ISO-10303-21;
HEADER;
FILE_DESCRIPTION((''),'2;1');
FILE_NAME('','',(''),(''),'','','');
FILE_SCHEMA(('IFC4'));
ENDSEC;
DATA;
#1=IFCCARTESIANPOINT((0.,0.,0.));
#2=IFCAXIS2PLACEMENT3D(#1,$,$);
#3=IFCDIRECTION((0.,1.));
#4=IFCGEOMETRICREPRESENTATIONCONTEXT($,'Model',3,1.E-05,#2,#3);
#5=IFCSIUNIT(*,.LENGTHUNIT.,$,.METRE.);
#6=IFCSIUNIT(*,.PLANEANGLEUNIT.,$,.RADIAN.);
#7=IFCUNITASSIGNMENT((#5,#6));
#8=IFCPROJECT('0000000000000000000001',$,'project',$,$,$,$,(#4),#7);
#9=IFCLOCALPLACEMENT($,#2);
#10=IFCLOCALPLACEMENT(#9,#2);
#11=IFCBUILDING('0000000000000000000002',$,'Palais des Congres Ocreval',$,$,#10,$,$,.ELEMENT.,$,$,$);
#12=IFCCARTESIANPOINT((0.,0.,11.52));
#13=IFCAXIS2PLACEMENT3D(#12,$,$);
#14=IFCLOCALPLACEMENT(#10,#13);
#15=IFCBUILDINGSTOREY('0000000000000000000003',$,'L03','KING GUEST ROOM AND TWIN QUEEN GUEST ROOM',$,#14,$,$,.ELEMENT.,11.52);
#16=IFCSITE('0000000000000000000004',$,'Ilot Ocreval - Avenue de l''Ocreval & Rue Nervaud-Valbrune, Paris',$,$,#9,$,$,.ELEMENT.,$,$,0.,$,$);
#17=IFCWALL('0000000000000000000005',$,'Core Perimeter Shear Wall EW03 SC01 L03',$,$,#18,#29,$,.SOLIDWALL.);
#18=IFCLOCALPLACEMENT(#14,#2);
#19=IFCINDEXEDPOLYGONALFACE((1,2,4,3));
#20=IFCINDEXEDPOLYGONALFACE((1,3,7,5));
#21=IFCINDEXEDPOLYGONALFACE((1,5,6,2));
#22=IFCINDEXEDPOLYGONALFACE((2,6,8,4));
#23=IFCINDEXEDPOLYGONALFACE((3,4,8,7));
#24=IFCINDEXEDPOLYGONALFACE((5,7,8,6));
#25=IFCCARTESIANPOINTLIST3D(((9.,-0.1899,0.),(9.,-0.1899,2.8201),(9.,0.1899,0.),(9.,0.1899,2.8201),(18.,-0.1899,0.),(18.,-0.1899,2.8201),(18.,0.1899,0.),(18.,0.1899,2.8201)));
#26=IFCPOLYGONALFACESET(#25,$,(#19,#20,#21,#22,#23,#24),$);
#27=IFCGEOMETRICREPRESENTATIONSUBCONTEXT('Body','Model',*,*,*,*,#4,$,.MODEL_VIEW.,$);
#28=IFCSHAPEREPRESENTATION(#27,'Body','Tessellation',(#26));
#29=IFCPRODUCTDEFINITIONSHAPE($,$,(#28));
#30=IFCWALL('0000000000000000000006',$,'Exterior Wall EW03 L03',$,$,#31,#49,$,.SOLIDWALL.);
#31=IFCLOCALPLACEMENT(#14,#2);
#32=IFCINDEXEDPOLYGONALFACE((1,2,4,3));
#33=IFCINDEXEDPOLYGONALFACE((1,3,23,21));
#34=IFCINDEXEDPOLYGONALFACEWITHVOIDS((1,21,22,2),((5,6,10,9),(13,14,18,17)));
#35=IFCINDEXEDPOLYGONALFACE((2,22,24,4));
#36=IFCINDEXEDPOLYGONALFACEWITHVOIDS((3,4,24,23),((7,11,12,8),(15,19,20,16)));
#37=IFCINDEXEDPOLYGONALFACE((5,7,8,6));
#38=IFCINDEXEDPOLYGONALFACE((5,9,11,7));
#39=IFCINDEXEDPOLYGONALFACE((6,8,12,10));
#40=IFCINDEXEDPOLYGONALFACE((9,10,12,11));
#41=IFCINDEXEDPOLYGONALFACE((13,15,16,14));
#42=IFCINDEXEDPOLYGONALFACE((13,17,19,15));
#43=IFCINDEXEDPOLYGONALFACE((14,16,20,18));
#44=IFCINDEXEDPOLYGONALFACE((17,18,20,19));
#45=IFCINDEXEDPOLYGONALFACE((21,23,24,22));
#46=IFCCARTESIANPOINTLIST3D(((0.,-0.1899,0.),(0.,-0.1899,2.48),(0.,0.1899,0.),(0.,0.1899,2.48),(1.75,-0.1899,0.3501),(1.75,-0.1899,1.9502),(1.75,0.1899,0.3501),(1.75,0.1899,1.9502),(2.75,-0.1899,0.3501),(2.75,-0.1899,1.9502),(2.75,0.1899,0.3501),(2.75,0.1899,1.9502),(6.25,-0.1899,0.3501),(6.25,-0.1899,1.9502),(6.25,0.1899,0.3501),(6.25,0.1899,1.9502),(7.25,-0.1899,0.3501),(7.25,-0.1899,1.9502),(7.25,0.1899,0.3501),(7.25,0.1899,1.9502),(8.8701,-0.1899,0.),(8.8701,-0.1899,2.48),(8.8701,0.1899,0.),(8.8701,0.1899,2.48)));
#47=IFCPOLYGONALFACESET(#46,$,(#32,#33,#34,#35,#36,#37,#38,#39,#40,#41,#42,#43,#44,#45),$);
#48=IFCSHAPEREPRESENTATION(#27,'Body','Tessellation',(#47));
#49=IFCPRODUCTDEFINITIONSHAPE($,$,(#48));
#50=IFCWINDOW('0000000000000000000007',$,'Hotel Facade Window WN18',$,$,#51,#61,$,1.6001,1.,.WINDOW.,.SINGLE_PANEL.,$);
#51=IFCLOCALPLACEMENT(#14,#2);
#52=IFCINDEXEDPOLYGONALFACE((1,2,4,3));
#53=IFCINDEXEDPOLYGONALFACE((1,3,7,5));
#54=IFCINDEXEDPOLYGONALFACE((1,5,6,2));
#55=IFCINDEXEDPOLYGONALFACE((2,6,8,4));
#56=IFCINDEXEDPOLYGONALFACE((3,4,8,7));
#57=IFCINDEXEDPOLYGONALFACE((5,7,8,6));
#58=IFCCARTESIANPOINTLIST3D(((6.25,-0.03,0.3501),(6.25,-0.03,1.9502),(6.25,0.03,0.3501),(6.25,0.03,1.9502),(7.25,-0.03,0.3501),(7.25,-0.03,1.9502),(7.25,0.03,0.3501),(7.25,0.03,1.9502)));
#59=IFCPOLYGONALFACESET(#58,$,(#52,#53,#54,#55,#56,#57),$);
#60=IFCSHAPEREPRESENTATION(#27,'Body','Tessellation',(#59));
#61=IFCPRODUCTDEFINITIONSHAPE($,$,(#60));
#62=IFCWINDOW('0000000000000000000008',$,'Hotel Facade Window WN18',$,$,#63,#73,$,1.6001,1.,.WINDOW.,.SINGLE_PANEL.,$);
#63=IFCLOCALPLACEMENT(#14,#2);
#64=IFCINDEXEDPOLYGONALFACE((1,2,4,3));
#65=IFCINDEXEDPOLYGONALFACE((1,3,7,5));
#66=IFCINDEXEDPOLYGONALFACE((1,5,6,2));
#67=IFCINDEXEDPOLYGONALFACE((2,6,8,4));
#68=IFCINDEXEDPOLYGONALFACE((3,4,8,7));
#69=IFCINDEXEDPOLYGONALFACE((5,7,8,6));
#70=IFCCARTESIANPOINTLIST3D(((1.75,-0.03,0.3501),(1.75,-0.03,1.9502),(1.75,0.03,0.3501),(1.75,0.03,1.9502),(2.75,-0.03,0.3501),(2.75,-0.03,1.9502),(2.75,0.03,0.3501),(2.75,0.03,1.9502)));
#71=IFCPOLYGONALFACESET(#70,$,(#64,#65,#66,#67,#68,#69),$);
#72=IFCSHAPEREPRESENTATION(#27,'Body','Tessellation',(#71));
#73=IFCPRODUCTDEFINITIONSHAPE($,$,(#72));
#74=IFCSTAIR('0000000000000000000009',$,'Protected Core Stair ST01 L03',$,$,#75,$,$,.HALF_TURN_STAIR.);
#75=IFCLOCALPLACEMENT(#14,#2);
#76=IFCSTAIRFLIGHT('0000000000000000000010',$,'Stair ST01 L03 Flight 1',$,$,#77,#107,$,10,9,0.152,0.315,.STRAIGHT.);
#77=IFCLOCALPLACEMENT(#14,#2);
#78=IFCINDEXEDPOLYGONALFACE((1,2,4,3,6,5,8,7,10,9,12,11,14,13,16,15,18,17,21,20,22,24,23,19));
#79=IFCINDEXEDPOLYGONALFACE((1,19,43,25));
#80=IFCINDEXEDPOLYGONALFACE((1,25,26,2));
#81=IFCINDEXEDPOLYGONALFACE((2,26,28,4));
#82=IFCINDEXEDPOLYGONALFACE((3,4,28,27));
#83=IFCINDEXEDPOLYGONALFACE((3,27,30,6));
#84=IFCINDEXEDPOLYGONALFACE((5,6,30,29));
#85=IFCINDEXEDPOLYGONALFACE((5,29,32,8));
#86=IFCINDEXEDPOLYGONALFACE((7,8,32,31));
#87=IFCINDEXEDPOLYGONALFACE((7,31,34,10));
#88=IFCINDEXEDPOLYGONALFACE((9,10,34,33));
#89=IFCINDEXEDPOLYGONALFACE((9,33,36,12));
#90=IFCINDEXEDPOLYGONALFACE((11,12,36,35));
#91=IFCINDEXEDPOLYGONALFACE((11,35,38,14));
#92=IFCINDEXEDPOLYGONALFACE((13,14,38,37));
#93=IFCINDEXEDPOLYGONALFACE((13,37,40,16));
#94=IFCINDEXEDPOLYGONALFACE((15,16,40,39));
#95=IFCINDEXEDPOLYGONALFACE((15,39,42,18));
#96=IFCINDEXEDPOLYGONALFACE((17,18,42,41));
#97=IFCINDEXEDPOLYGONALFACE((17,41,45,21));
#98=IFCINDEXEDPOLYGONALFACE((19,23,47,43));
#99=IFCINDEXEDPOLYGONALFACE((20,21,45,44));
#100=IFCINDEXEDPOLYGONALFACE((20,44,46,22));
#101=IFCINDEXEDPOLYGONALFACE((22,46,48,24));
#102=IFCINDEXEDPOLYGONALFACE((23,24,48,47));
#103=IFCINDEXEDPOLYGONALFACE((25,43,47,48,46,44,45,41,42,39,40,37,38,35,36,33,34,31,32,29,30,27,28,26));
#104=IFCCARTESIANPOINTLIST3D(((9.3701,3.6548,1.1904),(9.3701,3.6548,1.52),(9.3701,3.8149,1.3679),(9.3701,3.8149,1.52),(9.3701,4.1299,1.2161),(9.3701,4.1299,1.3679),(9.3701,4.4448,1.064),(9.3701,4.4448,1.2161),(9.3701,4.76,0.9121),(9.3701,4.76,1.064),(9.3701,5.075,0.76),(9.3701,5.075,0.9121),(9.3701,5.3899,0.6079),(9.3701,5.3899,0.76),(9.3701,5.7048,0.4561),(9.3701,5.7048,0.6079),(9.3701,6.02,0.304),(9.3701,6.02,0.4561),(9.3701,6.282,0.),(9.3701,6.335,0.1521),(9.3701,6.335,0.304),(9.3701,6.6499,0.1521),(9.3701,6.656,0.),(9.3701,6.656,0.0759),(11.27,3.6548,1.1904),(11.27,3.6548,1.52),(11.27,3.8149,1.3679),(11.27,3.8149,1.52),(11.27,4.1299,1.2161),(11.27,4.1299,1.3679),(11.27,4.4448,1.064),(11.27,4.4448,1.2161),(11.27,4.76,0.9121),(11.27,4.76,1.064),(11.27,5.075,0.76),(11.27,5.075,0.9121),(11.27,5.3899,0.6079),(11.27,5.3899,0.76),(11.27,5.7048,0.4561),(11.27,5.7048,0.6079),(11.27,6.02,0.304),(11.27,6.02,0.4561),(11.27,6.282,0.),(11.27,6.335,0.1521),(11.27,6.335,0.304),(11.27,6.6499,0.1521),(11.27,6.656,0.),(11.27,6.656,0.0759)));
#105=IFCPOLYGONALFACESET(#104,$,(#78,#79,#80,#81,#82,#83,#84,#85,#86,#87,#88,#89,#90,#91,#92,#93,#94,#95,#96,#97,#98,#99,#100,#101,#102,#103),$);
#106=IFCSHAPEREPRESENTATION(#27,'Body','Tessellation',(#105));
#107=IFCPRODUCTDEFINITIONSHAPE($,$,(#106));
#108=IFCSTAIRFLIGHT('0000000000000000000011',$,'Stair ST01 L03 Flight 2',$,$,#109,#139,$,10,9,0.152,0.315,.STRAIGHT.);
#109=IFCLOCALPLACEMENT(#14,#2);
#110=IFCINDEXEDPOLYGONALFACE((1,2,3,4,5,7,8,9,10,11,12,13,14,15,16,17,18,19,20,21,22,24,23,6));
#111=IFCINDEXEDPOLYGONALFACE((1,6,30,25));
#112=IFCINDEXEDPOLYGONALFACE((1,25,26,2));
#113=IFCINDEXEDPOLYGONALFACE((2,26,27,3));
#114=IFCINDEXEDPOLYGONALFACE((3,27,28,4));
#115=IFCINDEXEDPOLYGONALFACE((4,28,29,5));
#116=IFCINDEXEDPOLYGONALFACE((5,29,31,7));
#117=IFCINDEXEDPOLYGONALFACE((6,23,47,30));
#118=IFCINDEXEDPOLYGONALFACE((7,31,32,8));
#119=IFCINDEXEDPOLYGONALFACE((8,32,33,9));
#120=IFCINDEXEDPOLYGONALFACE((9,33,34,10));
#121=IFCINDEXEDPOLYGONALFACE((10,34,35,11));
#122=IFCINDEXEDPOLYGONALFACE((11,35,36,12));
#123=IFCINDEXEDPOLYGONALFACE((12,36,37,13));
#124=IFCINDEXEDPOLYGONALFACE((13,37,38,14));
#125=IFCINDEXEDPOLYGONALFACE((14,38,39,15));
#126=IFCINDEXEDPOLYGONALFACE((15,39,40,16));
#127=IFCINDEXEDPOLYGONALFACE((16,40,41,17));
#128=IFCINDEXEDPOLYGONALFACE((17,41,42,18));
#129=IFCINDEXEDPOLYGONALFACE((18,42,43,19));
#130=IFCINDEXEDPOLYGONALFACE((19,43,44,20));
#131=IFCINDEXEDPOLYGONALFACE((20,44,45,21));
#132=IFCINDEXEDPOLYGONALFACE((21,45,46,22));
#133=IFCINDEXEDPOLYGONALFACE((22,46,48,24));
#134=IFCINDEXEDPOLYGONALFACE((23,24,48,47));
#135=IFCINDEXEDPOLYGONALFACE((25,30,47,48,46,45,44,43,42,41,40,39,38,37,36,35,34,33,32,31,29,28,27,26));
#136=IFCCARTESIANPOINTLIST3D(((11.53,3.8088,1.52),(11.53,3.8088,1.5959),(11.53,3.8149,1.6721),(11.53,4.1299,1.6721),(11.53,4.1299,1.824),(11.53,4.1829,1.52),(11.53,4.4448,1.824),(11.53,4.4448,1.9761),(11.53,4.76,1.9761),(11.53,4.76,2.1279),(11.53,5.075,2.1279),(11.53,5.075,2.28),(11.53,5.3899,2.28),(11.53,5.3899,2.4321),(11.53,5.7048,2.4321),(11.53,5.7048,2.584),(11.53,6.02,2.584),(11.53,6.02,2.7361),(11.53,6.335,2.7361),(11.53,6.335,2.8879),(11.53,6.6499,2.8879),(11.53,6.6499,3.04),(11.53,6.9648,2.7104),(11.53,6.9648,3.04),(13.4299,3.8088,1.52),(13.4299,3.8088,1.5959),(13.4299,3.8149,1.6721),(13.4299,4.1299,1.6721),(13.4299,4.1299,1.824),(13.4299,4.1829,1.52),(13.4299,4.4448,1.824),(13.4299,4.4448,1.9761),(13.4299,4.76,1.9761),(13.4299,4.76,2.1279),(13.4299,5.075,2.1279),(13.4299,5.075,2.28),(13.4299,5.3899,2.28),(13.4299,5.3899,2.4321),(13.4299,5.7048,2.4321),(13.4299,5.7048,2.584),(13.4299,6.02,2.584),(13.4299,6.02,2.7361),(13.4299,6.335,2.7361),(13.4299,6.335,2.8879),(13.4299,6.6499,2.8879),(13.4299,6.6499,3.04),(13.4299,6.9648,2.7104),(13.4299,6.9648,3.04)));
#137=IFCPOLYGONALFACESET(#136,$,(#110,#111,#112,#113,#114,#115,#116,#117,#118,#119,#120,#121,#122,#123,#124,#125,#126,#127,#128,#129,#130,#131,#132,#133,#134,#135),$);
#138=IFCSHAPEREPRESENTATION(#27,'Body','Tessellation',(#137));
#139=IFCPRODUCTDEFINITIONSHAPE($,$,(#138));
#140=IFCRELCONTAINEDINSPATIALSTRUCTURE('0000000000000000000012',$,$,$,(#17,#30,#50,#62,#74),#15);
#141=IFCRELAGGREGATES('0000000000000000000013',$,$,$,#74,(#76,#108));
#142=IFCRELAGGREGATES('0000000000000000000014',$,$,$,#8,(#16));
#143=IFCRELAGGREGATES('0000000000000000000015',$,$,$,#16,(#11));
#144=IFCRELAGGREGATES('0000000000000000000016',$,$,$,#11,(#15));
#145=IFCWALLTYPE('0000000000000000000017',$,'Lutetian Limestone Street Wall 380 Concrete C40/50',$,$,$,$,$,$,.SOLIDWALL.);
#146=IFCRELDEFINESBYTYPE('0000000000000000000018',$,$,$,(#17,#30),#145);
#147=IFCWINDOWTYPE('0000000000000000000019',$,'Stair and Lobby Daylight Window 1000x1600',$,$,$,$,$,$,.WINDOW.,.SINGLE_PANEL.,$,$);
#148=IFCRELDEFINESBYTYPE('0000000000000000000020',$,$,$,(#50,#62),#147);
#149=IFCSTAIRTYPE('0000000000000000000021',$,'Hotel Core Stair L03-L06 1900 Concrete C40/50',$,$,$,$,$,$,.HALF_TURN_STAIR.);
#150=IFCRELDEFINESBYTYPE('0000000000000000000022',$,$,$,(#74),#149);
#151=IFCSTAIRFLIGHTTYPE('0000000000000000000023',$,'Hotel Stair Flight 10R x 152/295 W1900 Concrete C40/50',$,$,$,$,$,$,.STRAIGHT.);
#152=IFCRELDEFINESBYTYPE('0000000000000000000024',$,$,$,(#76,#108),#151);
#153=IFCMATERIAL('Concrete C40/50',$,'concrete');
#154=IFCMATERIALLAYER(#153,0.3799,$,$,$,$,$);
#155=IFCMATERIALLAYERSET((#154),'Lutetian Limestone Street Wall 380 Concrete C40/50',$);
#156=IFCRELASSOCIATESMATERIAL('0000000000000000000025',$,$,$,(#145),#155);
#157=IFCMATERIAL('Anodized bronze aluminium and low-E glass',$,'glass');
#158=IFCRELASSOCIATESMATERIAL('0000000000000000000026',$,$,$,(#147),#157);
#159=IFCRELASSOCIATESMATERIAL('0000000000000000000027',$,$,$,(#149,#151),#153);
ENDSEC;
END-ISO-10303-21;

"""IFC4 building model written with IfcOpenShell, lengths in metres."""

from ifc_helpers import new_model, si_unit, direction, frame, frame_2d, origin, place, context, subcontext, project, spatial, polyline, rectangle, outline, extrude, material, layer, layer_set, type_object, element, fill, aggregate, save


model = new_model("IFC4")

# Units and contexts
model_context = context("Model", 3, precision=1e-05, world=origin(), true_north=direction((0.0, 1.0)))
body_context = subcontext(model_context, "Body", "Model", "MODEL_VIEW")
ifc_project = project(units=[si_unit("LENGTHUNIT", "METRE"), si_unit("PLANEANGLEUNIT", "RADIAN")], contexts=[model_context])

# Site, building, storey
site_placement = place(None, origin())
site = spatial("IfcSite", under=ifc_project, at=site_placement, Name="Ilot Ocreval - Avenue de l'Ocreval & Rue Nervaud-Valbrune, Paris", CompositionType="ELEMENT", RefElevation=0.0)
building_placement = place(site_placement, origin())
building = spatial("IfcBuilding", under=site, at=building_placement, Name="Palais des Congres Ocreval", CompositionType="ELEMENT")
storey_placement = place(building_placement, frame((0.0, 0.0, 11.52)))
storey = spatial("IfcBuildingStorey", under=building, at=storey_placement, Name="L03", Description="KING GUEST ROOM AND TWIN QUEEN GUEST ROOM", CompositionType="ELEMENT", Elevation=11.52)

# Shared definitions
ifc_material_1 = material(Name="Concrete C40/50", Category="concrete")

# Wall
ifc_layer_1 = layer(ifc_material_1, 0.3799)
ifc_layer_set_1 = layer_set([ifc_layer_1], Name="Lutetian Limestone Street Wall 380 Concrete C40/50")
wall_type_1 = type_object("IfcWallType", Name="Lutetian Limestone Street Wall 380 Concrete C40/50", PredefinedType="SOLIDWALL", material=ifc_layer_set_1)
wall_1_placement = place(storey_placement, frame((18.0, 0.0, 0.0), z_axis=(0.0, 0.0, 1.0), x_axis=(-1.0, 0.0, 0.0)))
element("IfcWall", 1, at=wall_1_placement, inside=storey, type_object=wall_type_1, Name="Core Perimeter Shear Wall EW03 SC01 L03", PredefinedType="SOLIDWALL", context=body_context, shape_type="SweptSolid", body=[
    extrude(rectangle(XDim=9.0, YDim=0.3799, at=frame_2d((4.5, 0.0))), origin(), (0.0, 0.0, 1.0), 2.8201),
])

# Wall, openings, windows
wall_2_placement = place(storey_placement, frame((8.8701, 0.0, 0.0), z_axis=(0.0, 0.0, 1.0), x_axis=(-1.0, 0.0, 0.0)))
wall_2 = element("IfcWall", 2, at=wall_2_placement, inside=storey, type_object=wall_type_1, Name="Exterior Wall EW03 L03", PredefinedType="SOLIDWALL", context=body_context, shape_type="SweptSolid", body=[
    extrude(rectangle(XDim=8.8701, YDim=0.3799, at=frame_2d((4.4351, 0.0))), origin(), (0.0, 0.0, 1.0), 2.48),
])
opening_1_placement = place(wall_2_placement, frame((1.6201, 0.0, 0.3501)))
opening_1 = element("IfcOpeningElement", 3, at=opening_1_placement, cuts=wall_2, PredefinedType="OPENING", context=body_context, shape_type="SweptSolid", body=[
    extrude(rectangle(XDim=1.0, YDim=1.6001, at=frame_2d((0.5, 0.8))), frame((0.0, 0.2, 0.0), z_axis=(0.0, -1.0, 0.0), x_axis=(1.0, 0.0, 0.0)), (0.0, 0.0, 1.0), 0.3999),
])
opening_2_placement = place(wall_2_placement, frame((6.1201, 0.0, 0.3501)))
opening_2 = element("IfcOpeningElement", 4, at=opening_2_placement, cuts=wall_2, PredefinedType="OPENING", context=body_context, shape_type="SweptSolid", body=[
    extrude(rectangle(XDim=1.0, YDim=1.6001, at=frame_2d((0.5, 0.8))), frame((0.0, 0.2, 0.0), z_axis=(0.0, -1.0, 0.0), x_axis=(1.0, 0.0, 0.0)), (0.0, 0.0, 1.0), 0.3999),
])
ifc_material_2 = material(Name="Anodized bronze aluminium and low-E glass", Category="glass")
window_type = type_object("IfcWindowType", Name="Stair and Lobby Daylight Window 1000x1600", PartitioningType="SINGLE_PANEL", PredefinedType="WINDOW", material=ifc_material_2)
window_1_placement = place(opening_1_placement, origin())
window_1 = element("IfcWindow", 5, at=window_1_placement, inside=storey, type_object=window_type, Name="Hotel Facade Window WN18", OverallHeight=1.6001, OverallWidth=1.0, PartitioningType="SINGLE_PANEL", PredefinedType="WINDOW", context=body_context, shape_type="SweptSolid", body=[
    extrude(rectangle(XDim=1.0, YDim=1.6001, at=frame_2d((0.5, 0.8))), frame((0.0, 0.03, 0.0), z_axis=(0.0, -1.0, 0.0), x_axis=(1.0, 0.0, 0.0)), (0.0, 0.0, 1.0), 0.0601),
])
fill(opening_1, window_1)
window_2_placement = place(opening_2_placement, origin())
window_2 = element("IfcWindow", 6, at=window_2_placement, inside=storey, type_object=window_type, Name="Hotel Facade Window WN18", OverallHeight=1.6001, OverallWidth=1.0, PartitioningType="SINGLE_PANEL", PredefinedType="WINDOW", context=body_context, shape_type="SweptSolid", body=[
    extrude(rectangle(XDim=1.0, YDim=1.6001, at=frame_2d((0.5, 0.8))), frame((0.0, 0.03, 0.0), z_axis=(0.0, -1.0, 0.0), x_axis=(1.0, 0.0, 0.0)), (0.0, 0.0, 1.0), 0.0601),
])
fill(opening_2, window_2)

# Stair, stair flights
stair_type = type_object("IfcStairType", Name="Hotel Core Stair L03-L06 1900 Concrete C40/50", PredefinedType="HALF_TURN_STAIR", material=ifc_material_1)
stair_placement = place(storey_placement, origin())
stair = element("IfcStair", 7, at=stair_placement, inside=storey, type_object=stair_type, Name="Protected Core Stair ST01 L03", PredefinedType="HALF_TURN_STAIR")
stair_flight_type = type_object("IfcStairFlightType", Name="Hotel Stair Flight 10R x 152/295 W1900 Concrete C40/50", PredefinedType="STRAIGHT", material=ifc_material_1)
stair_flight_1_placement = place(storey_placement, frame((10.3201, 6.6499, 0.0), z_axis=(0.0, 0.0, 1.0), x_axis=(0.0, -1.0, 0.0)))
stair_flight_1 = element("IfcStairFlight", 8, at=stair_flight_1_placement, type_object=stair_flight_type, Name="Stair ST01 L03 Flight 1", NumberOfRisers=10, NumberOfTreads=9, PredefinedType="STRAIGHT", RiserHeight=0.152, TreadLength=0.315, context=body_context, shape_type="SweptSolid", body=[
    extrude(outline(polyline([(-0.0061, 0.0), (-0.0061, 0.0759), (0.0, 0.1521), (0.3149, 0.1521), (0.3149, 0.304), (0.6299, 0.304), (0.6299, 0.4561), (0.9451, 0.4561), (0.9451, 0.6079), (1.26, 0.6079), (1.26, 0.76), (1.575, 0.76), (1.575, 0.9121), (1.8899, 0.9121), (1.8899, 1.064), (2.2051, 1.064), (2.2051, 1.2161), (2.52, 1.2161), (2.52, 1.3679), (2.835, 1.3679), (2.835, 1.52), (2.9951, 1.52), (2.9951, 1.1904), (0.3679, 0.0), (-0.0061, 0.0)])), frame((0.0, 0.95, 0.0), z_axis=(0.0, -1.0, 0.0), x_axis=(1.0, 0.0, 0.0)), (0.0, 0.0, 1.0), 1.8999),
])
stair_flight_2_placement = place(storey_placement, frame((12.48, 3.8149, 1.52), z_axis=(0.0, 0.0, 1.0), x_axis=(0.0, 1.0, 0.0)))
stair_flight_2 = element("IfcStairFlight", 9, at=stair_flight_2_placement, type_object=stair_flight_type, Name="Stair ST01 L03 Flight 2", NumberOfRisers=10, NumberOfTreads=9, PredefinedType="STRAIGHT", RiserHeight=0.152, TreadLength=0.315, context=body_context, shape_type="SweptSolid", body=[
    extrude(outline(polyline([(-0.0061, 0.0), (-0.0061, 0.0759), (0.0, 0.1521), (0.3149, 0.1521), (0.3149, 0.304), (0.6299, 0.304), (0.6299, 0.4561), (0.9451, 0.4561), (0.9451, 0.6079), (1.26, 0.6079), (1.26, 0.76), (1.575, 0.76), (1.575, 0.9121), (1.8899, 0.9121), (1.8899, 1.064), (2.2051, 1.064), (2.2051, 1.2161), (2.52, 1.2161), (2.52, 1.3679), (2.835, 1.3679), (2.835, 1.52), (3.1499, 1.52), (3.1499, 1.1904), (0.3679, 0.0), (-0.0061, 0.0)])), frame((0.0, 0.95, 0.0), z_axis=(0.0, -1.0, 0.0), x_axis=(1.0, 0.0, 0.0)), (0.0, 0.0, 1.0), 1.8999),
])
aggregate(stair, [stair_flight_1, stair_flight_2])

save(model, "model.ifc")
